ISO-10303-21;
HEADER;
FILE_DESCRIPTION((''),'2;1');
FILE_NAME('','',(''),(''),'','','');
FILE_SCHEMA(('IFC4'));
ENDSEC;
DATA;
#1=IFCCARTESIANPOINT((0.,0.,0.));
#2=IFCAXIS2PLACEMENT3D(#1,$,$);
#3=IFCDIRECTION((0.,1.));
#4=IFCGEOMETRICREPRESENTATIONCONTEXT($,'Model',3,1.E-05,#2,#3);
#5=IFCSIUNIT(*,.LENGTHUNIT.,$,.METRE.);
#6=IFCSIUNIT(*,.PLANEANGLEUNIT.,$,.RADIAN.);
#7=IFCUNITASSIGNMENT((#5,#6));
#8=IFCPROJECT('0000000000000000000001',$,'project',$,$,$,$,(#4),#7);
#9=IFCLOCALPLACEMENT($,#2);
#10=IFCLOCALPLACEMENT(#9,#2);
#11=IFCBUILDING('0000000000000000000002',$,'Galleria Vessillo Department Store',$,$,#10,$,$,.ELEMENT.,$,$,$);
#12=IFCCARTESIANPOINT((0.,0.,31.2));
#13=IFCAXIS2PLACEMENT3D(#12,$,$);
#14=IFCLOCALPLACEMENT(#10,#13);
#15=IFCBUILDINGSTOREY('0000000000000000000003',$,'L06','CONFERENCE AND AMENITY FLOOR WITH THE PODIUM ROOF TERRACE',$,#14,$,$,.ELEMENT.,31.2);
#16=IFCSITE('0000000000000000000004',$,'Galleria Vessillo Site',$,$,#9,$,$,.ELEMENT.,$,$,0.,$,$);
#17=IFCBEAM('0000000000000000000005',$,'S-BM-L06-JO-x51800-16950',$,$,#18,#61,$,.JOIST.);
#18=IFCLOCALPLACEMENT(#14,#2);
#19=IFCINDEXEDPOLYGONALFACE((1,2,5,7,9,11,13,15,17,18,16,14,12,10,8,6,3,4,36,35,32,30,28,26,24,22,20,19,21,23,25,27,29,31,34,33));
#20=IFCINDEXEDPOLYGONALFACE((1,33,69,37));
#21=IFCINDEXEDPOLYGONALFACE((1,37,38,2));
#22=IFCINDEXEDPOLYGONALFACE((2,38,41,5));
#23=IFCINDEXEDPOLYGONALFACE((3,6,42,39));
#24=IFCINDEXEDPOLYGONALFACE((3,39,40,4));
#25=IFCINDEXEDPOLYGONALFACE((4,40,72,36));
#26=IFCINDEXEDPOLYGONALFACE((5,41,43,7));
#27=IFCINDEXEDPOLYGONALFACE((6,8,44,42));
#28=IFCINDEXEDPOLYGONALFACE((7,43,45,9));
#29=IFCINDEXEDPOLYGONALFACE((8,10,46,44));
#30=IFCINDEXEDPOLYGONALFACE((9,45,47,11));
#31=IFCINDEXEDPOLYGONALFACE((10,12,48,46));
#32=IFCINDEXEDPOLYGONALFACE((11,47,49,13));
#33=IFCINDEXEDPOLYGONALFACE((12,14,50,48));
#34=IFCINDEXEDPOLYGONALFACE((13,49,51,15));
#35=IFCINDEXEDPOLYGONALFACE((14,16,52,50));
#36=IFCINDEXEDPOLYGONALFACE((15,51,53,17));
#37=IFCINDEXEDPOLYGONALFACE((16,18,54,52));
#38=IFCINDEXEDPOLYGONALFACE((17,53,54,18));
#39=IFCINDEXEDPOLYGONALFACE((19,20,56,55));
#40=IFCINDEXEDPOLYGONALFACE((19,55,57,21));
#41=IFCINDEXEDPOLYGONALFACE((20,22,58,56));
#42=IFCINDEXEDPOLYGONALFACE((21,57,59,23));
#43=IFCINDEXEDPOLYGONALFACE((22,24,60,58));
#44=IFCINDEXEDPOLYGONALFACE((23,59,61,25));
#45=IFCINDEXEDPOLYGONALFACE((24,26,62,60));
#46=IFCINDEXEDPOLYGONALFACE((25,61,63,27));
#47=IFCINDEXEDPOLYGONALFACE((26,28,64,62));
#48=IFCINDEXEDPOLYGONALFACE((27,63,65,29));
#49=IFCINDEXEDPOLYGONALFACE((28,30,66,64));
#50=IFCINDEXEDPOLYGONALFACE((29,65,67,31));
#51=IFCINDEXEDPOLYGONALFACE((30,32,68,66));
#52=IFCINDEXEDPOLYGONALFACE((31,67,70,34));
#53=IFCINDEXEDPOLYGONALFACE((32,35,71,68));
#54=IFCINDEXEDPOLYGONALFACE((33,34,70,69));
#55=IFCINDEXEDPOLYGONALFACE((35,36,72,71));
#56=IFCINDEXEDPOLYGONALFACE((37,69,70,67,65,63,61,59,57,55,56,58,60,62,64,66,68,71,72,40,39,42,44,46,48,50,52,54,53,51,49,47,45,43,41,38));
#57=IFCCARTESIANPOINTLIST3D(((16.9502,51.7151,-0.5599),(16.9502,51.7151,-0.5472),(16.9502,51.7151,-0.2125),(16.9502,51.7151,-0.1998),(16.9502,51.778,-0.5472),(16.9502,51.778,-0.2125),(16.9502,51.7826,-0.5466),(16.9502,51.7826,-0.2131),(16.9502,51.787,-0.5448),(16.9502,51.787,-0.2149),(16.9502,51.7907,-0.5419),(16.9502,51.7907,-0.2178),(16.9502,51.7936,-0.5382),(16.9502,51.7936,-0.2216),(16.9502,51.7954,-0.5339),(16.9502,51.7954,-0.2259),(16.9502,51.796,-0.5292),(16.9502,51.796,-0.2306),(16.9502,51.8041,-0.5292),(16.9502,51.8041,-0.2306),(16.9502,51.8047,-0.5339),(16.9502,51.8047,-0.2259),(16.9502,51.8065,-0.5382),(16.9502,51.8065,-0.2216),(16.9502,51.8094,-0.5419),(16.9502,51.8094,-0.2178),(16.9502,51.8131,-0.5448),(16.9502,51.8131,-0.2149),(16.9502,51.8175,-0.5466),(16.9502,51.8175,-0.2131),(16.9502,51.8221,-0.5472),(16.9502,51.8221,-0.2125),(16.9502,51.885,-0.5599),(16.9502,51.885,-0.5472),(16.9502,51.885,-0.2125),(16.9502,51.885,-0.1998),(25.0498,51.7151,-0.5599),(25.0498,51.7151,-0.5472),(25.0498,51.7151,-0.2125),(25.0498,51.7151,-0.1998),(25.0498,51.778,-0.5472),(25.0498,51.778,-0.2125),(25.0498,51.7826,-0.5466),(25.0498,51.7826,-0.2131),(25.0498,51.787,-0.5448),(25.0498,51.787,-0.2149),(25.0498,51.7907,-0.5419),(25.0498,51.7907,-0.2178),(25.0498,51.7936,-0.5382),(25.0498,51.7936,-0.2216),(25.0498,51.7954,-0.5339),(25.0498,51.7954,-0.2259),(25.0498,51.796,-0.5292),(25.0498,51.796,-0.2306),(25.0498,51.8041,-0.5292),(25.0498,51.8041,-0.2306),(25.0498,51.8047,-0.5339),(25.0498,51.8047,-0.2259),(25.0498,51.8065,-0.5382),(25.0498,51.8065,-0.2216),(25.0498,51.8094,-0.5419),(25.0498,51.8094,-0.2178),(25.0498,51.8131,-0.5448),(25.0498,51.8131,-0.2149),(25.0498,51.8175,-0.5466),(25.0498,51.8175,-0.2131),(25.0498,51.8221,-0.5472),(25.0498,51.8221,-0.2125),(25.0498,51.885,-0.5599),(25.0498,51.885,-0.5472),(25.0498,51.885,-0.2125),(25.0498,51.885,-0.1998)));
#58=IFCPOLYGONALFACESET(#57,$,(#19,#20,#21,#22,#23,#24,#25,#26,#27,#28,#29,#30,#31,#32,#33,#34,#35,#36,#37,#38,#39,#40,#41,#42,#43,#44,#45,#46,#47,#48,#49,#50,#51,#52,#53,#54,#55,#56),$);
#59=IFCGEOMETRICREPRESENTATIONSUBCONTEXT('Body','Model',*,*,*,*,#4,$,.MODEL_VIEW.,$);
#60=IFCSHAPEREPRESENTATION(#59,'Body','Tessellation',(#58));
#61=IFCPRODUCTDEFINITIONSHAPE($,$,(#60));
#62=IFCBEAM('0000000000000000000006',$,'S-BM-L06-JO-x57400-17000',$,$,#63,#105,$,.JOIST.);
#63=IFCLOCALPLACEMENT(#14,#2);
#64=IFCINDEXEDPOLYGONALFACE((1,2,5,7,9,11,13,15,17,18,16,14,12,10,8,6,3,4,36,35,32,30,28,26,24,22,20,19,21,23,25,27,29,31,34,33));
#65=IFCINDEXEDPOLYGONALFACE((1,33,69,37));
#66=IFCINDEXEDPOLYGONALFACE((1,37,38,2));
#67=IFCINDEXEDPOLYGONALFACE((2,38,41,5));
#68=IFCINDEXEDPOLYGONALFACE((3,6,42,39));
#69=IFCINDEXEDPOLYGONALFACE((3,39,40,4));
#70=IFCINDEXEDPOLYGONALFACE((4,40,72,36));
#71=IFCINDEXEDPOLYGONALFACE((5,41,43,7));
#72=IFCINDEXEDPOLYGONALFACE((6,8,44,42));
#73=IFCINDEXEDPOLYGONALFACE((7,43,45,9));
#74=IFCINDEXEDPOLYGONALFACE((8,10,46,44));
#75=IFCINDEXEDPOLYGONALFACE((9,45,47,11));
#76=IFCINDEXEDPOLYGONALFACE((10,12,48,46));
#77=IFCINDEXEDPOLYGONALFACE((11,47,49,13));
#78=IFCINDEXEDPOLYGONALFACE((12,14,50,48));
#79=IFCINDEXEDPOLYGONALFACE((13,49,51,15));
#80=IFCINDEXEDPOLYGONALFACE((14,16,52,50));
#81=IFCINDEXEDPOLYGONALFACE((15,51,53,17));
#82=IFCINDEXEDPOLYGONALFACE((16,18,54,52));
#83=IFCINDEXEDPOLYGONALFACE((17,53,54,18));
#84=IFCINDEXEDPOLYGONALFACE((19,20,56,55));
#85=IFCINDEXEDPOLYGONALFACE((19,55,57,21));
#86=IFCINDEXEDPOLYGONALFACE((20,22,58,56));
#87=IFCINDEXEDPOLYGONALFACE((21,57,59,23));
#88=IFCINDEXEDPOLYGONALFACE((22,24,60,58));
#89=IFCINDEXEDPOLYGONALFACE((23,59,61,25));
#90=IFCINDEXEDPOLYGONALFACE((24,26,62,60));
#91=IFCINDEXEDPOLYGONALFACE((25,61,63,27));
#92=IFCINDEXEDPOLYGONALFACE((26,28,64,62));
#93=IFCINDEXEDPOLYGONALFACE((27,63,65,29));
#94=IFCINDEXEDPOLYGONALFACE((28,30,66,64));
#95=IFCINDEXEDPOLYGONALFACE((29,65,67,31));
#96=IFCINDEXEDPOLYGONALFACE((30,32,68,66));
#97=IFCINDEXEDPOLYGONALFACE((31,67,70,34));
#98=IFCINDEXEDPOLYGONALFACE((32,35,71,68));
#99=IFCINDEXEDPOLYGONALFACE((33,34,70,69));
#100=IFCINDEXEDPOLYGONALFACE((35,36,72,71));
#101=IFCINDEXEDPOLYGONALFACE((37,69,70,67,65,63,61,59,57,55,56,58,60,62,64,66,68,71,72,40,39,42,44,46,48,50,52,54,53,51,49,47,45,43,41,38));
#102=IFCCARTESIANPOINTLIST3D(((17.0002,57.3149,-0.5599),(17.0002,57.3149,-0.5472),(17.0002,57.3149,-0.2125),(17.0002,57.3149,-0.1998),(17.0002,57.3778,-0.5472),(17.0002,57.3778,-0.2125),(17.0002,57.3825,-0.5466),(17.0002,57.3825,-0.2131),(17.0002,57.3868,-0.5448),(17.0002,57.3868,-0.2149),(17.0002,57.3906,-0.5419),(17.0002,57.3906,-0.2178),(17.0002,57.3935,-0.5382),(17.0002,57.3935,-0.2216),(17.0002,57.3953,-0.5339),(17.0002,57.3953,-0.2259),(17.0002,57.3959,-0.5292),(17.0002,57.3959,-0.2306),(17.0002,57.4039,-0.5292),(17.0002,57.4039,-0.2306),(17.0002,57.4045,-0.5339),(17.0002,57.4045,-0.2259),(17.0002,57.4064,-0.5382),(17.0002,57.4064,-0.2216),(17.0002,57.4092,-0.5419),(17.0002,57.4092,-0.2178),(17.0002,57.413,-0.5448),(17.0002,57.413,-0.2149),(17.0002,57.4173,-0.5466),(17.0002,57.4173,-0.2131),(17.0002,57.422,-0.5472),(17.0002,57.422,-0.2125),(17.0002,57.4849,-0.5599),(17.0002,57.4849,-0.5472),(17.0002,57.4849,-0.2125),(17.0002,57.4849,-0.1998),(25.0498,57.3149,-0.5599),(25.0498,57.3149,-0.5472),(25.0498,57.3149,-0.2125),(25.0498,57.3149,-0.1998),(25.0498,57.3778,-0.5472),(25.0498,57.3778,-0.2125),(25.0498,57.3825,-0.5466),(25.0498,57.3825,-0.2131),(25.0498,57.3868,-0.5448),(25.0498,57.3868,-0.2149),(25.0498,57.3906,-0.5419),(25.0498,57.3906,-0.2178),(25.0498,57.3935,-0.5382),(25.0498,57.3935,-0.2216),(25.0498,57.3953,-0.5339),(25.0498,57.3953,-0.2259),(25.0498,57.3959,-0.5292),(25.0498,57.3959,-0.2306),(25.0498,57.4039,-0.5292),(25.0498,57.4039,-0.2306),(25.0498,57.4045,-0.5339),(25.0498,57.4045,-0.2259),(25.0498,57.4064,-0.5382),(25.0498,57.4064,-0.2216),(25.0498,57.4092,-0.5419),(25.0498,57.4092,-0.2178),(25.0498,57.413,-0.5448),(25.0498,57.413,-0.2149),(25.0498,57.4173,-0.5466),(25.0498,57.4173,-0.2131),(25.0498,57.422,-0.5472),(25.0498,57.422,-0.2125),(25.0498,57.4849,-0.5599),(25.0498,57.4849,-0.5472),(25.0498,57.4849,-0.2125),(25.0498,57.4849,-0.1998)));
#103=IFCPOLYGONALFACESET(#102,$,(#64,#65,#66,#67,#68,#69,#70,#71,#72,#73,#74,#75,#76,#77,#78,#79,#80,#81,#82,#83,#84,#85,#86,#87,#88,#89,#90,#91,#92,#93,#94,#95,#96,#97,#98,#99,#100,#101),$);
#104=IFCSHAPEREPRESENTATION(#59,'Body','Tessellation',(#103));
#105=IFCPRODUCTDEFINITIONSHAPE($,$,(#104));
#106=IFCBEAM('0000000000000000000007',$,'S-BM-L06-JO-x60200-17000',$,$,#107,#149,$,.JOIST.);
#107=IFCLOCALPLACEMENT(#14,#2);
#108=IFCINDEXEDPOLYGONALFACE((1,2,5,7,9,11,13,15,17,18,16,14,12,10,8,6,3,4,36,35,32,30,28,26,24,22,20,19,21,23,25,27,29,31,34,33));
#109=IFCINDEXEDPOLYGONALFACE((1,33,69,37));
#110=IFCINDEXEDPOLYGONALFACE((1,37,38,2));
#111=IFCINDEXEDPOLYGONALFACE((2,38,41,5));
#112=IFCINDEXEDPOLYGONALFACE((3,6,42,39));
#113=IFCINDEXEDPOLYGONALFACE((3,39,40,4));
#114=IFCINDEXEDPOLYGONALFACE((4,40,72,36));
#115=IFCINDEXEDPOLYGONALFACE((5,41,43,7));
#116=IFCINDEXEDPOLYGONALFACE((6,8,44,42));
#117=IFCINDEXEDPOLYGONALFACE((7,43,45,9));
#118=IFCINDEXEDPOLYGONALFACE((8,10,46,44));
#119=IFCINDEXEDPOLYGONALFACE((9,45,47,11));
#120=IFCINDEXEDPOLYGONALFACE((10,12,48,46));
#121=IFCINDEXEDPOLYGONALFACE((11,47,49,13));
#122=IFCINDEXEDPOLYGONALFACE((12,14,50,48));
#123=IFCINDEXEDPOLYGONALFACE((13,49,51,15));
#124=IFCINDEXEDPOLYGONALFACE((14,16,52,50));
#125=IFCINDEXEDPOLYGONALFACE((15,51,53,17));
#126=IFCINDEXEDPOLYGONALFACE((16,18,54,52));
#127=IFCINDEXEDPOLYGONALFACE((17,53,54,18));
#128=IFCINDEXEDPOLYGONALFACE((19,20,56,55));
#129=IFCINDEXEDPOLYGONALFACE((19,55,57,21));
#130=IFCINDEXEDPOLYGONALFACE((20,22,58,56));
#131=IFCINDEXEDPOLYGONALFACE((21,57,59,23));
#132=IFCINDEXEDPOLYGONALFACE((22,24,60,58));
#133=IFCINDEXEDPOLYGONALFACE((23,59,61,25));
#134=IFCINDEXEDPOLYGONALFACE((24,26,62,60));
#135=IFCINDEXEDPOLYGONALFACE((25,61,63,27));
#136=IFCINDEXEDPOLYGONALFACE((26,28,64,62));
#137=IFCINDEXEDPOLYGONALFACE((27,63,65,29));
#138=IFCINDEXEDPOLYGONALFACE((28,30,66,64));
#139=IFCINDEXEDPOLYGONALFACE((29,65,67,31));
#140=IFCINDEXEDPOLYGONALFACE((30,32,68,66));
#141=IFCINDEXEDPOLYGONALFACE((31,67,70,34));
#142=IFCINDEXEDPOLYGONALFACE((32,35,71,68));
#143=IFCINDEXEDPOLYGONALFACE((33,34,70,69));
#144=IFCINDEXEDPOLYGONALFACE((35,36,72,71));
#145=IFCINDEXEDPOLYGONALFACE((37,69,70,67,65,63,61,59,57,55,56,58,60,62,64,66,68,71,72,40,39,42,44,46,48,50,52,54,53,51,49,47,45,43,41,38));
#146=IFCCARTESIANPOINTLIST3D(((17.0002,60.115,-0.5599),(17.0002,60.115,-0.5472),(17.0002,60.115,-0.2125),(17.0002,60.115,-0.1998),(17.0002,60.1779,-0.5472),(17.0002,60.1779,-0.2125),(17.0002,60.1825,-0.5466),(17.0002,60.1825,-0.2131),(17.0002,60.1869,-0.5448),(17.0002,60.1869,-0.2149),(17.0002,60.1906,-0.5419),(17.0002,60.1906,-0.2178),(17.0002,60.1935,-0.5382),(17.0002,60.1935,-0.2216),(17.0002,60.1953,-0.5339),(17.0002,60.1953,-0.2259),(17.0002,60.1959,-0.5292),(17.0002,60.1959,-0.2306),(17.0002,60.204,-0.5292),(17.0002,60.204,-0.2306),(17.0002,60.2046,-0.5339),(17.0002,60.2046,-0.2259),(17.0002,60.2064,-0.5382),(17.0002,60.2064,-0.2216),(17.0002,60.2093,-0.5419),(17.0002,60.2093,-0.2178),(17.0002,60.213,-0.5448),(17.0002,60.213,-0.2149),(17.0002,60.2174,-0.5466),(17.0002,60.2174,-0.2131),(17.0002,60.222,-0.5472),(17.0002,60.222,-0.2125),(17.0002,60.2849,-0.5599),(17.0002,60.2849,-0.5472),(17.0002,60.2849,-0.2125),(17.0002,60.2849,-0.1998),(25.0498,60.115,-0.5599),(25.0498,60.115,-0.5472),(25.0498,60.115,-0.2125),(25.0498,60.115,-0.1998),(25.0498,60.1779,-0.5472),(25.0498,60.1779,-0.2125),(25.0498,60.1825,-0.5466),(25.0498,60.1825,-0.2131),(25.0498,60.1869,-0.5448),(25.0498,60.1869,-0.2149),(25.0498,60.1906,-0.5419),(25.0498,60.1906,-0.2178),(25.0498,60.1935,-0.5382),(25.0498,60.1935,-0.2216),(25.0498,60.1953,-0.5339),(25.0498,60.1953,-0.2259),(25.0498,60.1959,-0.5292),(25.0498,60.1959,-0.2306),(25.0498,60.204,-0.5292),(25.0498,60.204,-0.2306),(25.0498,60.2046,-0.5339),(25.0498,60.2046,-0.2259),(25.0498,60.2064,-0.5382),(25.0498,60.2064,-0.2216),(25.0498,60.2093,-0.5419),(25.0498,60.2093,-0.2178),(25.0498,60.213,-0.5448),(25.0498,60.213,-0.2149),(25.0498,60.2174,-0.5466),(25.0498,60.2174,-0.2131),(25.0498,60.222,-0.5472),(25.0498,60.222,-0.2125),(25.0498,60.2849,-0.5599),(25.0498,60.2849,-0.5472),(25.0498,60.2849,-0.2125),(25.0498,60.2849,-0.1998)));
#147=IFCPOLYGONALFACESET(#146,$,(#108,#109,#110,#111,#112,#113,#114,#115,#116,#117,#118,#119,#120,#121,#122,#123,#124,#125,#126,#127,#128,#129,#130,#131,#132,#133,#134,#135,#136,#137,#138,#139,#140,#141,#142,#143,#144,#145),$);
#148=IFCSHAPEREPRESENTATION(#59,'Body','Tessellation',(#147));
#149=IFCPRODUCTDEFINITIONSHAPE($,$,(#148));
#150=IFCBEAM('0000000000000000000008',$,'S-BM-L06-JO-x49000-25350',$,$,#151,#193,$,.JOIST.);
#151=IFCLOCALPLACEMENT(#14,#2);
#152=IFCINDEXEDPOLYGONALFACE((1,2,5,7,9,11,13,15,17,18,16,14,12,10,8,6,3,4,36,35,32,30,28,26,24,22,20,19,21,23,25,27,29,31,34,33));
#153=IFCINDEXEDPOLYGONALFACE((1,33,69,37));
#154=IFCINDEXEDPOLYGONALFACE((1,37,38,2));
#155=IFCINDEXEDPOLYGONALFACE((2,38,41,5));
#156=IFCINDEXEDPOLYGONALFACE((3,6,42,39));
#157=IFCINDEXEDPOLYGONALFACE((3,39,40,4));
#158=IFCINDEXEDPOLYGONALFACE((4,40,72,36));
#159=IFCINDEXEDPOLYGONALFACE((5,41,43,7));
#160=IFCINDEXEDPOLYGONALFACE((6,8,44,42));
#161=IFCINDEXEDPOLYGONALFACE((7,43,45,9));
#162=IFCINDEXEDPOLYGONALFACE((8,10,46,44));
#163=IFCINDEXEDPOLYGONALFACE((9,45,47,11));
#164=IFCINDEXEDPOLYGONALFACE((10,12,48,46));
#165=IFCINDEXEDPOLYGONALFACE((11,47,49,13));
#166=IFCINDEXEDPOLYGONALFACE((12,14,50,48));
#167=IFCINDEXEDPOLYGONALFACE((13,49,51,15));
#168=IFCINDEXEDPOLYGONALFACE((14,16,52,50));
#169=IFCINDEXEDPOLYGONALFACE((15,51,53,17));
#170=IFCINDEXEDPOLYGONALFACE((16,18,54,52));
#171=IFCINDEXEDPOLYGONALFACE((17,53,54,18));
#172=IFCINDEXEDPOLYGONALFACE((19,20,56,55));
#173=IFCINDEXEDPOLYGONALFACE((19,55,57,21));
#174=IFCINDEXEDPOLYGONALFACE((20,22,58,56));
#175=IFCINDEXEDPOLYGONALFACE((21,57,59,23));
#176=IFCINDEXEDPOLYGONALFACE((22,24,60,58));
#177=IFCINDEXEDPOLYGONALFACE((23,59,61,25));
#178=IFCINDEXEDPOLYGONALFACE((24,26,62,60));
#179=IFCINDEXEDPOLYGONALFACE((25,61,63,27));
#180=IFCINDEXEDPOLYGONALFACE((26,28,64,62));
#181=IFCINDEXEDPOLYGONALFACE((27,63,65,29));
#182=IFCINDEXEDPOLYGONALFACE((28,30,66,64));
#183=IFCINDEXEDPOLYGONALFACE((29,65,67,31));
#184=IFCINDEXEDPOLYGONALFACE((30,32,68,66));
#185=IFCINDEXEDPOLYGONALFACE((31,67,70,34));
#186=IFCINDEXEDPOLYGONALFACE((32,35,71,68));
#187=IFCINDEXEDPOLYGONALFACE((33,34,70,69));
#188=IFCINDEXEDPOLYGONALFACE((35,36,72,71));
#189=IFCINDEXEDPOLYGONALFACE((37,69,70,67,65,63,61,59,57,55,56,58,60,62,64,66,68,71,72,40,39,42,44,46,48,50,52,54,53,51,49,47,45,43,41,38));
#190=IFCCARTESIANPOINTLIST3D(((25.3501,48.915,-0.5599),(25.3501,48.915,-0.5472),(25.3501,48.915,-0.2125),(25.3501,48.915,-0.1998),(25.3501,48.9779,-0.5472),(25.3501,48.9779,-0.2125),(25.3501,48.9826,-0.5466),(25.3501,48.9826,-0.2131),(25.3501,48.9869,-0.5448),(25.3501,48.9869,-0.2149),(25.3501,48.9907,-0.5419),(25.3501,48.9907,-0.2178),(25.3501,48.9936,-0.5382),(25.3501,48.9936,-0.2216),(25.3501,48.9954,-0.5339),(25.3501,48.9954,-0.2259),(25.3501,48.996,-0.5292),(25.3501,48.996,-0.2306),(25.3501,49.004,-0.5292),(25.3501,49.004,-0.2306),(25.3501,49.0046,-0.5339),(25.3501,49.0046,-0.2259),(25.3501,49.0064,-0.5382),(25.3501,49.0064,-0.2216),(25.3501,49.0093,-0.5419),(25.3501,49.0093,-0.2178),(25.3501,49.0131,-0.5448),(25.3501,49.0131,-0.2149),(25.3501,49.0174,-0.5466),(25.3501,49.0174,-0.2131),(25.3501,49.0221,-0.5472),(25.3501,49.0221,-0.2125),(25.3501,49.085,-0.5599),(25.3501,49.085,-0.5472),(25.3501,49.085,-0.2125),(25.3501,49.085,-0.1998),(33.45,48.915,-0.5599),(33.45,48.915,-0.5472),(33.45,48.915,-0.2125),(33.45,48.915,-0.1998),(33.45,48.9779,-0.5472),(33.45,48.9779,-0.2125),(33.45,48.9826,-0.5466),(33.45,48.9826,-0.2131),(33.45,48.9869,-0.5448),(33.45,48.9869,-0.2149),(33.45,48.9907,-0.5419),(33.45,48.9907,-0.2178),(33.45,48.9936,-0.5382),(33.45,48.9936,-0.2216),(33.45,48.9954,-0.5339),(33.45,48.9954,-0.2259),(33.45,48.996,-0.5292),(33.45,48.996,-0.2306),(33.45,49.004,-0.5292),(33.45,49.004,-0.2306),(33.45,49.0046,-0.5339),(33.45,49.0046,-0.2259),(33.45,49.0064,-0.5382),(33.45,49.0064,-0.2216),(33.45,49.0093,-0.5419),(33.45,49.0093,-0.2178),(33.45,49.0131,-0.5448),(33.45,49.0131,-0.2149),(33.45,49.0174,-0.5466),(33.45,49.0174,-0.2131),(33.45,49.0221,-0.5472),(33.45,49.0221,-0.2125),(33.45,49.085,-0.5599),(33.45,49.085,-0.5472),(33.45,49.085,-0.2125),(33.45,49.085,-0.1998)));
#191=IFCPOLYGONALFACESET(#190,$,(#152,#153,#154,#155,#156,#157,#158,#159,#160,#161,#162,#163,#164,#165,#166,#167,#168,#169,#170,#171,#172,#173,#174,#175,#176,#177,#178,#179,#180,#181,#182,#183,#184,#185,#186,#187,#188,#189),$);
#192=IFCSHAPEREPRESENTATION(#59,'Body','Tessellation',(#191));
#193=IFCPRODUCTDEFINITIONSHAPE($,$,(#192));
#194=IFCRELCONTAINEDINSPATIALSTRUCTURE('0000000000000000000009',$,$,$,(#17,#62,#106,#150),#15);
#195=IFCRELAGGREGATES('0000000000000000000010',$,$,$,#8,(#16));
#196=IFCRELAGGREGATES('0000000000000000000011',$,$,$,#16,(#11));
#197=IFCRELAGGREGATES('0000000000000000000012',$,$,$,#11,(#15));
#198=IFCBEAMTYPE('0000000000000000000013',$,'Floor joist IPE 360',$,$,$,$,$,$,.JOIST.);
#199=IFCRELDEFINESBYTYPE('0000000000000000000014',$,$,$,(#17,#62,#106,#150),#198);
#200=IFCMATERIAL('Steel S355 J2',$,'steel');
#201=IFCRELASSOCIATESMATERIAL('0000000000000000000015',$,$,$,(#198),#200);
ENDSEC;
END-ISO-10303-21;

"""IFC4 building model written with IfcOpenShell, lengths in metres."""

from ifc_helpers import new_model, si_unit, direction, frame, origin, origin_2d, place, context, subcontext, project, spatial, i_section, extrude, material, material_profile, profile_set, type_object, element, save


model = new_model("IFC4")

# Units and contexts
model_context = context("Model", 3, precision=1e-05, world=origin(), true_north=direction((0.0, 1.0)))
body_context = subcontext(model_context, "Body", "Model", "MODEL_VIEW")
ifc_project = project(units=[si_unit("LENGTHUNIT", "METRE"), si_unit("PLANEANGLEUNIT", "RADIAN")], contexts=[model_context])

# Site, building, storey
site_placement = place(None, origin())
site = spatial("IfcSite", under=ifc_project, at=site_placement, Name="Galleria Vessillo Site", CompositionType="ELEMENT", RefElevation=0.0)
building_placement = place(site_placement, origin())
building = spatial("IfcBuilding", under=site, at=building_placement, Name="Galleria Vessillo Department Store", CompositionType="ELEMENT")
storey_placement = place(building_placement, frame((0.0, 0.0, 31.2)))
storey = spatial("IfcBuildingStorey", under=building, at=storey_placement, Name="L06", Description="CONFERENCE AND AMENITY FLOOR WITH THE PODIUM ROOF TERRACE", CompositionType="ELEMENT", Elevation=31.2)

# Beams
ifc_material_1 = material(Name="Steel S355 J2", Category="steel")
ifc_material_profile_1 = material_profile(ifc_material_1, i_section(OverallWidth=0.1699, OverallDepth=0.3601, WebThickness=0.0081, FlangeThickness=0.0127, FilletRadius=0.0181, at=origin_2d()), Name="IPE 360")
ifc_profile_set_1 = profile_set([ifc_material_profile_1], Name="Steel S355 J2")
beam_type_1 = type_object("IfcBeamType", Name="Floor joist IPE 360", PredefinedType="JOIST", material=ifc_profile_set_1)
beam_1_placement = place(storey_placement, frame((16.9502, 51.8, -0.3799), z_axis=(1.0, 0.0, 0.0), x_axis=(0.0, 1.0, 0.0)))
element("IfcBeam", 1, at=beam_1_placement, inside=storey, type_object=beam_type_1, Name="S-BM-L06-JO-x51800-16950", PredefinedType="JOIST", context=body_context, shape_type="SweptSolid", body=[
    extrude(i_section(OverallWidth=0.1699, OverallDepth=0.3601, WebThickness=0.0081, FlangeThickness=0.0127, FilletRadius=0.0181, at=origin_2d()), origin(), (0.0, 0.0, 1.0), 8.0996),
])
for number, where, z_axis, x_axis, name in (
    (2, (17.0002, 57.3999, -0.3799), (1.0, 0.0, 0.0), (0.0, 1.0, 0.0), "S-BM-L06-JO-x57400-17000"),
    (3, (17.0002, 60.2, -0.3799), (1.0, 0.0, 0.0), (0.0, 1.0, 0.0), "S-BM-L06-JO-x60200-17000"),
):
    element("IfcBeam", number, at=place(storey_placement, frame(where, z_axis=z_axis, x_axis=x_axis)), inside=storey, type_object=beam_type_1, Name=name, PredefinedType="JOIST", context=body_context, shape_type="SweptSolid", body=[
        extrude(i_section(OverallWidth=0.1699, OverallDepth=0.3601, WebThickness=0.0081, FlangeThickness=0.0127, FilletRadius=0.0181, at=origin_2d()), origin(), (0.0, 0.0, 1.0), 8.0496),
    ])
for number, where, z_axis, x_axis, name in (
    (4, (25.3501, 49.0, -0.3799), (1.0, 0.0, 0.0), (0.0, 1.0, 0.0), "S-BM-L06-JO-x49000-25350"),
):
    element("IfcBeam", number, at=place(storey_placement, frame(where, z_axis=z_axis, x_axis=x_axis)), inside=storey, type_object=beam_type_1, Name=name, PredefinedType="JOIST", context=body_context, shape_type="SweptSolid", body=[
        extrude(i_section(OverallWidth=0.1699, OverallDepth=0.3601, WebThickness=0.0081, FlangeThickness=0.0127, FilletRadius=0.0181, at=origin_2d()), origin(), (0.0, 0.0, 1.0), 8.0999),
    ])

save(model, "model.ifc")
